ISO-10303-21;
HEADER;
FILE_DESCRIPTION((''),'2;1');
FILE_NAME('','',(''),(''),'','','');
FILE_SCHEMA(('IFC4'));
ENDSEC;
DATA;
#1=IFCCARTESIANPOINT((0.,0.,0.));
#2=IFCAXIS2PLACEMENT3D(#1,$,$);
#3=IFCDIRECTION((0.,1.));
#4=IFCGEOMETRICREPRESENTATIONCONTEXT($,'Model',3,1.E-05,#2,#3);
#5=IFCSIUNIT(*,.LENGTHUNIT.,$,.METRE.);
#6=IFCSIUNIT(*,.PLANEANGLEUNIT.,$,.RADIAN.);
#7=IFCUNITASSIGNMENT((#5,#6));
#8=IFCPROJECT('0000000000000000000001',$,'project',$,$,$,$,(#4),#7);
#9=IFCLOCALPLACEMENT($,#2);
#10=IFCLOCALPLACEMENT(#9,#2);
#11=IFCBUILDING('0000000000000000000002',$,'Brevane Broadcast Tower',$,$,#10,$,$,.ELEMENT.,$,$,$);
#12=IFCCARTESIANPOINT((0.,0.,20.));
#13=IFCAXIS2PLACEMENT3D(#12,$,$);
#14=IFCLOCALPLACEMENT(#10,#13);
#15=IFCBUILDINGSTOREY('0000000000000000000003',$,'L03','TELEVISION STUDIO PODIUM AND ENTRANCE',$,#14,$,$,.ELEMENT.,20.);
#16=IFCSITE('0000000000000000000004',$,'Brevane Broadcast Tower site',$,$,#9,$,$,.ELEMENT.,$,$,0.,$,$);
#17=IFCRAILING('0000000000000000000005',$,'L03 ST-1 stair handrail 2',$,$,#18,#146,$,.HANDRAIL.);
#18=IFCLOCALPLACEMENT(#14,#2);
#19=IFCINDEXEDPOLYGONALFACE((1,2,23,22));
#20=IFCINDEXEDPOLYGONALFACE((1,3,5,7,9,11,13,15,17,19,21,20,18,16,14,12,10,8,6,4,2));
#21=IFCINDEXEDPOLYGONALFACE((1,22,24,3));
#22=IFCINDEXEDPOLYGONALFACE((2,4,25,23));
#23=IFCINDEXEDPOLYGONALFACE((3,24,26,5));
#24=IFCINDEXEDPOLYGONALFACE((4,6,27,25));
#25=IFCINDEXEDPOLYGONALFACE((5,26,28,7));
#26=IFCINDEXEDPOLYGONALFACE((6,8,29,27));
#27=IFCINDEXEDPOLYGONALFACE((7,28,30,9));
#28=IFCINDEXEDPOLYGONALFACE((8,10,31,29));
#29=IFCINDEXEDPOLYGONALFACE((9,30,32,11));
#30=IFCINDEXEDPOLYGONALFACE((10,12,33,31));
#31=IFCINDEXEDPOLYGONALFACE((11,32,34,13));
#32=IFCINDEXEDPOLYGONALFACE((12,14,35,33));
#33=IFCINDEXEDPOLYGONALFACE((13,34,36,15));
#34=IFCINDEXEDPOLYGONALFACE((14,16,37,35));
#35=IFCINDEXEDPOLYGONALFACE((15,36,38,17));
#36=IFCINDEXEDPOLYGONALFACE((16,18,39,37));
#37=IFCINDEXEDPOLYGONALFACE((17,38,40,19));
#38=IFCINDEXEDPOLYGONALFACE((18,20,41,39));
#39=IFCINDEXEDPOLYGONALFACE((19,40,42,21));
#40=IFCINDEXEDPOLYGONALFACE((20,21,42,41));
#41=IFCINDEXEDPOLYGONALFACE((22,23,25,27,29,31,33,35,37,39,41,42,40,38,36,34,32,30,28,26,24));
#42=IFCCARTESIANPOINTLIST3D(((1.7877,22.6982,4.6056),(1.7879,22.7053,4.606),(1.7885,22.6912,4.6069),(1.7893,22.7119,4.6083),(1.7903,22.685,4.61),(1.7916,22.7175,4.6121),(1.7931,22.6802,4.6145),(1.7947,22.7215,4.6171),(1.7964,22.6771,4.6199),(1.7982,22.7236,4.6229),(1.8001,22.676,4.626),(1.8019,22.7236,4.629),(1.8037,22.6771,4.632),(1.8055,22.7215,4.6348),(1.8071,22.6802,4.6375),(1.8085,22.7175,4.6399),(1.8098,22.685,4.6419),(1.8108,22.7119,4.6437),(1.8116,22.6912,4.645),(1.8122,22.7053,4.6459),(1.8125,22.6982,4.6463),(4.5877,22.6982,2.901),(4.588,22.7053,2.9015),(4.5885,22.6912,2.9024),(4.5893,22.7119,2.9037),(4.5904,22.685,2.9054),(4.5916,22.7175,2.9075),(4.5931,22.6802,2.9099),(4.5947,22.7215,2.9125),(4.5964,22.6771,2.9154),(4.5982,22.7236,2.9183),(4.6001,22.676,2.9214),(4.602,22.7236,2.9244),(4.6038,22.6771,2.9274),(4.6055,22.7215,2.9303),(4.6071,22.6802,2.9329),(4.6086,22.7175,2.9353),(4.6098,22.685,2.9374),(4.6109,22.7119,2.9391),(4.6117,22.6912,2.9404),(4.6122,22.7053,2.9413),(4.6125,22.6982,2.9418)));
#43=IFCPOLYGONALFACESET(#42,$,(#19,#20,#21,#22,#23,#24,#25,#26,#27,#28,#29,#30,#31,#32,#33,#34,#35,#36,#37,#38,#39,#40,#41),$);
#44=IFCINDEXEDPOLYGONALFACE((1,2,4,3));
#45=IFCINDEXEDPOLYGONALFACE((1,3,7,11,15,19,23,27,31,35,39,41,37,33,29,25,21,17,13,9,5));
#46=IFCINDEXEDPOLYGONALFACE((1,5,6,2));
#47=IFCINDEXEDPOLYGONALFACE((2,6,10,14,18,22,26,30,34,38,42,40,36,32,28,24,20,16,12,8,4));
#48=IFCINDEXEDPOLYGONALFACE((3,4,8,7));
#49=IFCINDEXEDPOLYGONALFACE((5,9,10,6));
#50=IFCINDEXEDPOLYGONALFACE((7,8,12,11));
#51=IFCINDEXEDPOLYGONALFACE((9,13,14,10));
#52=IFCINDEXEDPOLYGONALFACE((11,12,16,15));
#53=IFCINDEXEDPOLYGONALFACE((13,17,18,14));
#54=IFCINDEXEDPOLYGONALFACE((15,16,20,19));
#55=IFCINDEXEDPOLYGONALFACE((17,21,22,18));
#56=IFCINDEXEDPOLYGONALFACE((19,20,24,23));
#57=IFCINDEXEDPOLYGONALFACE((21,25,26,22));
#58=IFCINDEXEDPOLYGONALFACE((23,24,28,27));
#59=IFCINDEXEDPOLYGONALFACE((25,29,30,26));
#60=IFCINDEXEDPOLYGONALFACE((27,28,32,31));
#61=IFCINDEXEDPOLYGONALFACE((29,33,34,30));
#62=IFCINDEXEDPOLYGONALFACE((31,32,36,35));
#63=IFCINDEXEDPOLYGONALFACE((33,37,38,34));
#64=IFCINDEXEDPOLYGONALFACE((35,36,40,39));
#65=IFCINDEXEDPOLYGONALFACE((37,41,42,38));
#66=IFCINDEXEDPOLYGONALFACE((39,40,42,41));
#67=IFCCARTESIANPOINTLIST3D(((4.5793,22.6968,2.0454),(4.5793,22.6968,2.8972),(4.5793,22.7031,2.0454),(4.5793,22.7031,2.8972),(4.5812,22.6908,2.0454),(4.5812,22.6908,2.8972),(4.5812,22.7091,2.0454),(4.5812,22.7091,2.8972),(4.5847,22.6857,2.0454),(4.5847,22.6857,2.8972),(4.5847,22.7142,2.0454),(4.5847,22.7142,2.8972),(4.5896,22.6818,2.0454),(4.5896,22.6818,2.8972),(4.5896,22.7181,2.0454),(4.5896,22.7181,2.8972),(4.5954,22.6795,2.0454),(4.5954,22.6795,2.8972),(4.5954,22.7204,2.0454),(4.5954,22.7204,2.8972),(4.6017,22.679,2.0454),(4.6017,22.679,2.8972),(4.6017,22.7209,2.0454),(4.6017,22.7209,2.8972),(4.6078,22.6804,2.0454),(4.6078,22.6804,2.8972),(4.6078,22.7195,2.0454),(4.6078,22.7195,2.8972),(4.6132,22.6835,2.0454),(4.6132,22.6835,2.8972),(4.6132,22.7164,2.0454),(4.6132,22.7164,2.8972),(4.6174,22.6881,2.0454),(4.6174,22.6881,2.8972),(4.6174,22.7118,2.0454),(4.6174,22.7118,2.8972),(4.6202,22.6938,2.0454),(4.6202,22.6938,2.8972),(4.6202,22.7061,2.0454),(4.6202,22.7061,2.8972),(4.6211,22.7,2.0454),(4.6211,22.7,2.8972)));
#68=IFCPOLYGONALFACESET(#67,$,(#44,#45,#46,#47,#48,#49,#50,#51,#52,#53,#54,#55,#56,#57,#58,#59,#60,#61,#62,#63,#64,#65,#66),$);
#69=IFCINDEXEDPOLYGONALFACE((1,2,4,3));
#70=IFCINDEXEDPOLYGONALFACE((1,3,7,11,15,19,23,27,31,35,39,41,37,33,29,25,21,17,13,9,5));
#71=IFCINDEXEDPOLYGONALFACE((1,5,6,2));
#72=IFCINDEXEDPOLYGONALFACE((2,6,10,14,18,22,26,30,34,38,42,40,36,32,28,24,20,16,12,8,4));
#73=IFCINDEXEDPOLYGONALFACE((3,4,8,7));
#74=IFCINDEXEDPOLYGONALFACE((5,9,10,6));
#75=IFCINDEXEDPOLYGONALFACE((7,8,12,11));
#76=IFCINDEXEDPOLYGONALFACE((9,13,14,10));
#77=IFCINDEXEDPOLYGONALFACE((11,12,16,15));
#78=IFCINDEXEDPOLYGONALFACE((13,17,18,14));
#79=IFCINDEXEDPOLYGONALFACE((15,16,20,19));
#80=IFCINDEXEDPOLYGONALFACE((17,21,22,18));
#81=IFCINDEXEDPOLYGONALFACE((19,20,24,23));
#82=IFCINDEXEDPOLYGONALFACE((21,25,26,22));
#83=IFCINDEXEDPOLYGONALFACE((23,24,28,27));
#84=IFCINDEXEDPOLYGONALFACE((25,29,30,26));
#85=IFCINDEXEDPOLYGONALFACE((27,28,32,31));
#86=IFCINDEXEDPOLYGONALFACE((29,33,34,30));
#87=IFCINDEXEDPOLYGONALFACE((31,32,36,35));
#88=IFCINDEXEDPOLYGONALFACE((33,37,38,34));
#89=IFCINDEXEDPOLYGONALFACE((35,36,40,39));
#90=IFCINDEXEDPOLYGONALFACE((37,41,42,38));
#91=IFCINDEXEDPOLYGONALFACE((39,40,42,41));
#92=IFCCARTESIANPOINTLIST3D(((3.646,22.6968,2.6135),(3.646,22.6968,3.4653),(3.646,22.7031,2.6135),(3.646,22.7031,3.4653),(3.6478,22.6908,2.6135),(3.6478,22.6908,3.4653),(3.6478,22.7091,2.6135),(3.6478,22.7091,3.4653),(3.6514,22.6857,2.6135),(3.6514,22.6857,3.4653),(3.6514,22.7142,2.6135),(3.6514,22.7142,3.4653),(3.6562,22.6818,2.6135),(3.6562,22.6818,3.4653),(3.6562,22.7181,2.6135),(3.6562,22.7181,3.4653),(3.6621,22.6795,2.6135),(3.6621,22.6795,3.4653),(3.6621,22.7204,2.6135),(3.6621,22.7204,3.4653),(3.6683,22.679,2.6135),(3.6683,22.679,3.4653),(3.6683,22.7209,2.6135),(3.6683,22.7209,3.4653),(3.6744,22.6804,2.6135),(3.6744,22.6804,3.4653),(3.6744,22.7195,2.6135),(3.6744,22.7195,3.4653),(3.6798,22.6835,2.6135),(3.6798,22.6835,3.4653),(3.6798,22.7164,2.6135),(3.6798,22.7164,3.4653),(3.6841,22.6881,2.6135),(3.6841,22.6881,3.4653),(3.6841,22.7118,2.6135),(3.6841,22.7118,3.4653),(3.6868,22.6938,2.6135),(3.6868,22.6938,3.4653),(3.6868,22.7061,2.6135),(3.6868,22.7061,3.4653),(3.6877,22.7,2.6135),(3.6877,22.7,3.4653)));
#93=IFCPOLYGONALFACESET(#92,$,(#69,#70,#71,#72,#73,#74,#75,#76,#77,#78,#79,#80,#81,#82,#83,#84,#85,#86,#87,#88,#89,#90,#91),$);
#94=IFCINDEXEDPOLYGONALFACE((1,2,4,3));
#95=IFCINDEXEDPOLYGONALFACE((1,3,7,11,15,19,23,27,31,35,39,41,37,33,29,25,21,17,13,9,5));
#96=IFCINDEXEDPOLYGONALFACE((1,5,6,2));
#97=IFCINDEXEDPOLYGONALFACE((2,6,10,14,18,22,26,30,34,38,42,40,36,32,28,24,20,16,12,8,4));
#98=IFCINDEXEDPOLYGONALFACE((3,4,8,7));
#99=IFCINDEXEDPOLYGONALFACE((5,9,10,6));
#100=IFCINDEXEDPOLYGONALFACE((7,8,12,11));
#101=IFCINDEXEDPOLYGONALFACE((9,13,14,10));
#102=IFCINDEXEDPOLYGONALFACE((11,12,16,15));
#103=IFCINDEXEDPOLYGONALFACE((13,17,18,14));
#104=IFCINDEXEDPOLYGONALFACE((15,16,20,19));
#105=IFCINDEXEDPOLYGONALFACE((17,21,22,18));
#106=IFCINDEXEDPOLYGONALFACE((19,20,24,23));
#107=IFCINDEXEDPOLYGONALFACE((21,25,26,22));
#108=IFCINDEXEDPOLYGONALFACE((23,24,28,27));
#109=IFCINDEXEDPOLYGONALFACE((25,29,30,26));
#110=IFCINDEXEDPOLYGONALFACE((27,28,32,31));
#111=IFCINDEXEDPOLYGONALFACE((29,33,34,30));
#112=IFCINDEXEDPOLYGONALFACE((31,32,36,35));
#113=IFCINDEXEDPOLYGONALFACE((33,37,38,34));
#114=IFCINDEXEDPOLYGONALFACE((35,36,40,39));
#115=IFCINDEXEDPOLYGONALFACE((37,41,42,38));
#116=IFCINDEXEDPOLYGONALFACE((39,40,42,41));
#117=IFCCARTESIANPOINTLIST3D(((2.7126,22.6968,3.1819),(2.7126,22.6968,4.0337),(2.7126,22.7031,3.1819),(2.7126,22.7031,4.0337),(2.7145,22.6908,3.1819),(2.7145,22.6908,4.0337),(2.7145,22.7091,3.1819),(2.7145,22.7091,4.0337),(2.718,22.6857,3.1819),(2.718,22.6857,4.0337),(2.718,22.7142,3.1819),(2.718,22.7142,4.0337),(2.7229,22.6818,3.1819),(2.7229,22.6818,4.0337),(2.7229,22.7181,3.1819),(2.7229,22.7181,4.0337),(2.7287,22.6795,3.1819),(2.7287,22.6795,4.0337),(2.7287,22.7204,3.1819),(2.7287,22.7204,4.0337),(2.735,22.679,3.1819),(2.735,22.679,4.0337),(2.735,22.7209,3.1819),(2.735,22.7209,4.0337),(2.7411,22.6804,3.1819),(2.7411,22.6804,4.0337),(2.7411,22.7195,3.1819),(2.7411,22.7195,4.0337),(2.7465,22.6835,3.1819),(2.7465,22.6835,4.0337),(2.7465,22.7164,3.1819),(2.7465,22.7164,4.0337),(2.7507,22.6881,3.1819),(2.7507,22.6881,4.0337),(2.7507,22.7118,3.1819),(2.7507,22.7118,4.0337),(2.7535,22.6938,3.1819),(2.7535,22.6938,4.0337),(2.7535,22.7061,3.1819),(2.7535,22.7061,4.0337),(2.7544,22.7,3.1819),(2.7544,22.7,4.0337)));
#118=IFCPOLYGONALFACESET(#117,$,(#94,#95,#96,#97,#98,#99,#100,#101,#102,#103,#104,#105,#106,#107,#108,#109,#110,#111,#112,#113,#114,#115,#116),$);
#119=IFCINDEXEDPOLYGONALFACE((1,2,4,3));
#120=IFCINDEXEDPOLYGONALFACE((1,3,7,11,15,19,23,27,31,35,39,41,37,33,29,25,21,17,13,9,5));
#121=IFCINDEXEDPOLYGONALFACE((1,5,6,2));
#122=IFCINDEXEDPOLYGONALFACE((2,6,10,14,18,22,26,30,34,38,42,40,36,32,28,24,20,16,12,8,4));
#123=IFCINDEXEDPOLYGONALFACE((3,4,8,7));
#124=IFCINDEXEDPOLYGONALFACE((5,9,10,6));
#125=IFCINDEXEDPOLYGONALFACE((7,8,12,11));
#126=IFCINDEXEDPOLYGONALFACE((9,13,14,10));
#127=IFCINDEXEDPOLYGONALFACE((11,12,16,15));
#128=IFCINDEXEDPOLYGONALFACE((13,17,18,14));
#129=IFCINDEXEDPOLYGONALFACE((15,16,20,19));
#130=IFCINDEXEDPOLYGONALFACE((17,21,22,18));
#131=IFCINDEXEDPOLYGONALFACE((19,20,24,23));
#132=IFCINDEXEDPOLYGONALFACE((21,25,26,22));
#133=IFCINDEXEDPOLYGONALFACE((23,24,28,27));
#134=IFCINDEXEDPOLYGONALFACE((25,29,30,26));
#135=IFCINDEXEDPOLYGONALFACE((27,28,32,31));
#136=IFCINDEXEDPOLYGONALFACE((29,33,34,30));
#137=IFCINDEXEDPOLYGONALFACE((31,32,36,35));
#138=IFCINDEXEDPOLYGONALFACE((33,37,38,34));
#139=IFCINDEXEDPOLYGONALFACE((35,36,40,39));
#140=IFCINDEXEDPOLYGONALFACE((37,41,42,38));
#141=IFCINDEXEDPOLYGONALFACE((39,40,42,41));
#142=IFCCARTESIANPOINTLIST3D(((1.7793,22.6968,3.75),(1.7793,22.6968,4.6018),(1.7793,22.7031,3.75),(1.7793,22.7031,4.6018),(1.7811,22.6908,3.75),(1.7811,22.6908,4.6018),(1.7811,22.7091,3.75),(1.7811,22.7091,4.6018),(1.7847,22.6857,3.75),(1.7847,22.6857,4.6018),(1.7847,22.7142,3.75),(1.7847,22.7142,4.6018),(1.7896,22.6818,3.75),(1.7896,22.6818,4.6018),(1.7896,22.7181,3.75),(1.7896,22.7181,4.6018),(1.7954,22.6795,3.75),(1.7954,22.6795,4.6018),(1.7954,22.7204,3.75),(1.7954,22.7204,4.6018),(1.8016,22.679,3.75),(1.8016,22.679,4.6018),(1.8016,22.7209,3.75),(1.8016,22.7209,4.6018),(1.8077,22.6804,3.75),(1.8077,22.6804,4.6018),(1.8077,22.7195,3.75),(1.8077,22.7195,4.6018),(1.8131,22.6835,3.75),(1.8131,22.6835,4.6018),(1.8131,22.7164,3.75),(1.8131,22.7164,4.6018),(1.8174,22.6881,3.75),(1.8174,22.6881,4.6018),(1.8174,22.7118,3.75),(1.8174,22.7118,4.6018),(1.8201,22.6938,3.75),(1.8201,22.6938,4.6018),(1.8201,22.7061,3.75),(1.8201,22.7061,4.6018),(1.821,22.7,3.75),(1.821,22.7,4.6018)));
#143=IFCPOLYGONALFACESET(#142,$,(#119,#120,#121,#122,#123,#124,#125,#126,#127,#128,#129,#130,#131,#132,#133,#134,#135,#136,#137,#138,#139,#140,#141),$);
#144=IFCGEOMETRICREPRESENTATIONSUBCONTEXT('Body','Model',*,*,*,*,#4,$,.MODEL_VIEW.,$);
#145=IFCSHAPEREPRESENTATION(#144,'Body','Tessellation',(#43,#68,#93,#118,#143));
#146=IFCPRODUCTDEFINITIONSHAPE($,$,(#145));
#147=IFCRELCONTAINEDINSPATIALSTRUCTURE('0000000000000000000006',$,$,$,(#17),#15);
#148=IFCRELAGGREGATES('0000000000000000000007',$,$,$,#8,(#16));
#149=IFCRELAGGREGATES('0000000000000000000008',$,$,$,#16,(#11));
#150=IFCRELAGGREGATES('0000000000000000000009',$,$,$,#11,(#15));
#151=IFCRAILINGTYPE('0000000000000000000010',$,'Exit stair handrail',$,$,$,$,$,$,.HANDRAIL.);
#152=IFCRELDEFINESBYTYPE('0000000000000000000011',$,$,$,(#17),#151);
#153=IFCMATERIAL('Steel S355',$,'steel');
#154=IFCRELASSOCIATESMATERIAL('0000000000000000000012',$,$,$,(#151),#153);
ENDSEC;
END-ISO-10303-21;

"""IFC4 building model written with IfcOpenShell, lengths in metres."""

from ifc_helpers import new_model, si_unit, direction, frame, origin, origin_2d, place, context, subcontext, project, spatial, circle, extrude, material, type_object, element, save


model = new_model("IFC4")

# Units and contexts
model_context = context("Model", 3, precision=1e-05, world=origin(), true_north=direction((0.0, 1.0)))
body_context = subcontext(model_context, "Body", "Model", "MODEL_VIEW")
ifc_project = project(units=[si_unit("LENGTHUNIT", "METRE"), si_unit("PLANEANGLEUNIT", "RADIAN")], contexts=[model_context])

# Site, building, storey
site_placement = place(None, origin())
site = spatial("IfcSite", under=ifc_project, at=site_placement, Name="Brevane Broadcast Tower site", CompositionType="ELEMENT", RefElevation=0.0)
building_placement = place(site_placement, origin())
building = spatial("IfcBuilding", under=site, at=building_placement, Name="Brevane Broadcast Tower", CompositionType="ELEMENT")
storey_placement = place(building_placement, frame((0.0, 0.0, 20.0)))
storey = spatial("IfcBuildingStorey", under=building, at=storey_placement, Name="L03", Description="TELEVISION STUDIO PODIUM AND ENTRANCE", CompositionType="ELEMENT", Elevation=20.0)

# Railing
ifc_material_1 = material(Name="Steel S355", Category="steel")
railing_type_1 = type_object("IfcRailingType", Name="Exit stair handrail", PredefinedType="HANDRAIL", material=ifc_material_1)
railing_1_placement = place(storey_placement, frame((4.6001, 22.7, 2.0454)))
element("IfcRailing", 1, at=railing_1_placement, inside=storey, type_object=railing_type_1, Name="L03 ST-1 stair handrail 2", PredefinedType="HANDRAIL", context=body_context, shape_type="SweptSolid", body=[
    extrude(circle(Radius=0.0239, at=origin_2d()), frame((0.0, 0.0, 0.876), z_axis=(-0.85417, 0.0, 0.519994), x_axis=(0.0, -1.0, 0.0)), (0.0, 0.0, 1.0), 3.2781),
    extrude(circle(Radius=0.021, at=origin_2d()), origin(), (0.0, 0.0, 1.0), 0.8518),
    extrude(circle(Radius=0.021, at=origin_2d()), frame((-0.9333, 0.0, 0.5681)), (0.0, 0.0, 1.0), 0.8518),
    extrude(circle(Radius=0.021, at=origin_2d()), frame((-1.8667, 0.0, 1.1365)), (0.0, 0.0, 1.0), 0.8518),
    extrude(circle(Radius=0.021, at=origin_2d()), frame((-2.8, 0.0, 1.7046)), (0.0, 0.0, 1.0), 0.8518),
])

save(model, "model.ifc")
